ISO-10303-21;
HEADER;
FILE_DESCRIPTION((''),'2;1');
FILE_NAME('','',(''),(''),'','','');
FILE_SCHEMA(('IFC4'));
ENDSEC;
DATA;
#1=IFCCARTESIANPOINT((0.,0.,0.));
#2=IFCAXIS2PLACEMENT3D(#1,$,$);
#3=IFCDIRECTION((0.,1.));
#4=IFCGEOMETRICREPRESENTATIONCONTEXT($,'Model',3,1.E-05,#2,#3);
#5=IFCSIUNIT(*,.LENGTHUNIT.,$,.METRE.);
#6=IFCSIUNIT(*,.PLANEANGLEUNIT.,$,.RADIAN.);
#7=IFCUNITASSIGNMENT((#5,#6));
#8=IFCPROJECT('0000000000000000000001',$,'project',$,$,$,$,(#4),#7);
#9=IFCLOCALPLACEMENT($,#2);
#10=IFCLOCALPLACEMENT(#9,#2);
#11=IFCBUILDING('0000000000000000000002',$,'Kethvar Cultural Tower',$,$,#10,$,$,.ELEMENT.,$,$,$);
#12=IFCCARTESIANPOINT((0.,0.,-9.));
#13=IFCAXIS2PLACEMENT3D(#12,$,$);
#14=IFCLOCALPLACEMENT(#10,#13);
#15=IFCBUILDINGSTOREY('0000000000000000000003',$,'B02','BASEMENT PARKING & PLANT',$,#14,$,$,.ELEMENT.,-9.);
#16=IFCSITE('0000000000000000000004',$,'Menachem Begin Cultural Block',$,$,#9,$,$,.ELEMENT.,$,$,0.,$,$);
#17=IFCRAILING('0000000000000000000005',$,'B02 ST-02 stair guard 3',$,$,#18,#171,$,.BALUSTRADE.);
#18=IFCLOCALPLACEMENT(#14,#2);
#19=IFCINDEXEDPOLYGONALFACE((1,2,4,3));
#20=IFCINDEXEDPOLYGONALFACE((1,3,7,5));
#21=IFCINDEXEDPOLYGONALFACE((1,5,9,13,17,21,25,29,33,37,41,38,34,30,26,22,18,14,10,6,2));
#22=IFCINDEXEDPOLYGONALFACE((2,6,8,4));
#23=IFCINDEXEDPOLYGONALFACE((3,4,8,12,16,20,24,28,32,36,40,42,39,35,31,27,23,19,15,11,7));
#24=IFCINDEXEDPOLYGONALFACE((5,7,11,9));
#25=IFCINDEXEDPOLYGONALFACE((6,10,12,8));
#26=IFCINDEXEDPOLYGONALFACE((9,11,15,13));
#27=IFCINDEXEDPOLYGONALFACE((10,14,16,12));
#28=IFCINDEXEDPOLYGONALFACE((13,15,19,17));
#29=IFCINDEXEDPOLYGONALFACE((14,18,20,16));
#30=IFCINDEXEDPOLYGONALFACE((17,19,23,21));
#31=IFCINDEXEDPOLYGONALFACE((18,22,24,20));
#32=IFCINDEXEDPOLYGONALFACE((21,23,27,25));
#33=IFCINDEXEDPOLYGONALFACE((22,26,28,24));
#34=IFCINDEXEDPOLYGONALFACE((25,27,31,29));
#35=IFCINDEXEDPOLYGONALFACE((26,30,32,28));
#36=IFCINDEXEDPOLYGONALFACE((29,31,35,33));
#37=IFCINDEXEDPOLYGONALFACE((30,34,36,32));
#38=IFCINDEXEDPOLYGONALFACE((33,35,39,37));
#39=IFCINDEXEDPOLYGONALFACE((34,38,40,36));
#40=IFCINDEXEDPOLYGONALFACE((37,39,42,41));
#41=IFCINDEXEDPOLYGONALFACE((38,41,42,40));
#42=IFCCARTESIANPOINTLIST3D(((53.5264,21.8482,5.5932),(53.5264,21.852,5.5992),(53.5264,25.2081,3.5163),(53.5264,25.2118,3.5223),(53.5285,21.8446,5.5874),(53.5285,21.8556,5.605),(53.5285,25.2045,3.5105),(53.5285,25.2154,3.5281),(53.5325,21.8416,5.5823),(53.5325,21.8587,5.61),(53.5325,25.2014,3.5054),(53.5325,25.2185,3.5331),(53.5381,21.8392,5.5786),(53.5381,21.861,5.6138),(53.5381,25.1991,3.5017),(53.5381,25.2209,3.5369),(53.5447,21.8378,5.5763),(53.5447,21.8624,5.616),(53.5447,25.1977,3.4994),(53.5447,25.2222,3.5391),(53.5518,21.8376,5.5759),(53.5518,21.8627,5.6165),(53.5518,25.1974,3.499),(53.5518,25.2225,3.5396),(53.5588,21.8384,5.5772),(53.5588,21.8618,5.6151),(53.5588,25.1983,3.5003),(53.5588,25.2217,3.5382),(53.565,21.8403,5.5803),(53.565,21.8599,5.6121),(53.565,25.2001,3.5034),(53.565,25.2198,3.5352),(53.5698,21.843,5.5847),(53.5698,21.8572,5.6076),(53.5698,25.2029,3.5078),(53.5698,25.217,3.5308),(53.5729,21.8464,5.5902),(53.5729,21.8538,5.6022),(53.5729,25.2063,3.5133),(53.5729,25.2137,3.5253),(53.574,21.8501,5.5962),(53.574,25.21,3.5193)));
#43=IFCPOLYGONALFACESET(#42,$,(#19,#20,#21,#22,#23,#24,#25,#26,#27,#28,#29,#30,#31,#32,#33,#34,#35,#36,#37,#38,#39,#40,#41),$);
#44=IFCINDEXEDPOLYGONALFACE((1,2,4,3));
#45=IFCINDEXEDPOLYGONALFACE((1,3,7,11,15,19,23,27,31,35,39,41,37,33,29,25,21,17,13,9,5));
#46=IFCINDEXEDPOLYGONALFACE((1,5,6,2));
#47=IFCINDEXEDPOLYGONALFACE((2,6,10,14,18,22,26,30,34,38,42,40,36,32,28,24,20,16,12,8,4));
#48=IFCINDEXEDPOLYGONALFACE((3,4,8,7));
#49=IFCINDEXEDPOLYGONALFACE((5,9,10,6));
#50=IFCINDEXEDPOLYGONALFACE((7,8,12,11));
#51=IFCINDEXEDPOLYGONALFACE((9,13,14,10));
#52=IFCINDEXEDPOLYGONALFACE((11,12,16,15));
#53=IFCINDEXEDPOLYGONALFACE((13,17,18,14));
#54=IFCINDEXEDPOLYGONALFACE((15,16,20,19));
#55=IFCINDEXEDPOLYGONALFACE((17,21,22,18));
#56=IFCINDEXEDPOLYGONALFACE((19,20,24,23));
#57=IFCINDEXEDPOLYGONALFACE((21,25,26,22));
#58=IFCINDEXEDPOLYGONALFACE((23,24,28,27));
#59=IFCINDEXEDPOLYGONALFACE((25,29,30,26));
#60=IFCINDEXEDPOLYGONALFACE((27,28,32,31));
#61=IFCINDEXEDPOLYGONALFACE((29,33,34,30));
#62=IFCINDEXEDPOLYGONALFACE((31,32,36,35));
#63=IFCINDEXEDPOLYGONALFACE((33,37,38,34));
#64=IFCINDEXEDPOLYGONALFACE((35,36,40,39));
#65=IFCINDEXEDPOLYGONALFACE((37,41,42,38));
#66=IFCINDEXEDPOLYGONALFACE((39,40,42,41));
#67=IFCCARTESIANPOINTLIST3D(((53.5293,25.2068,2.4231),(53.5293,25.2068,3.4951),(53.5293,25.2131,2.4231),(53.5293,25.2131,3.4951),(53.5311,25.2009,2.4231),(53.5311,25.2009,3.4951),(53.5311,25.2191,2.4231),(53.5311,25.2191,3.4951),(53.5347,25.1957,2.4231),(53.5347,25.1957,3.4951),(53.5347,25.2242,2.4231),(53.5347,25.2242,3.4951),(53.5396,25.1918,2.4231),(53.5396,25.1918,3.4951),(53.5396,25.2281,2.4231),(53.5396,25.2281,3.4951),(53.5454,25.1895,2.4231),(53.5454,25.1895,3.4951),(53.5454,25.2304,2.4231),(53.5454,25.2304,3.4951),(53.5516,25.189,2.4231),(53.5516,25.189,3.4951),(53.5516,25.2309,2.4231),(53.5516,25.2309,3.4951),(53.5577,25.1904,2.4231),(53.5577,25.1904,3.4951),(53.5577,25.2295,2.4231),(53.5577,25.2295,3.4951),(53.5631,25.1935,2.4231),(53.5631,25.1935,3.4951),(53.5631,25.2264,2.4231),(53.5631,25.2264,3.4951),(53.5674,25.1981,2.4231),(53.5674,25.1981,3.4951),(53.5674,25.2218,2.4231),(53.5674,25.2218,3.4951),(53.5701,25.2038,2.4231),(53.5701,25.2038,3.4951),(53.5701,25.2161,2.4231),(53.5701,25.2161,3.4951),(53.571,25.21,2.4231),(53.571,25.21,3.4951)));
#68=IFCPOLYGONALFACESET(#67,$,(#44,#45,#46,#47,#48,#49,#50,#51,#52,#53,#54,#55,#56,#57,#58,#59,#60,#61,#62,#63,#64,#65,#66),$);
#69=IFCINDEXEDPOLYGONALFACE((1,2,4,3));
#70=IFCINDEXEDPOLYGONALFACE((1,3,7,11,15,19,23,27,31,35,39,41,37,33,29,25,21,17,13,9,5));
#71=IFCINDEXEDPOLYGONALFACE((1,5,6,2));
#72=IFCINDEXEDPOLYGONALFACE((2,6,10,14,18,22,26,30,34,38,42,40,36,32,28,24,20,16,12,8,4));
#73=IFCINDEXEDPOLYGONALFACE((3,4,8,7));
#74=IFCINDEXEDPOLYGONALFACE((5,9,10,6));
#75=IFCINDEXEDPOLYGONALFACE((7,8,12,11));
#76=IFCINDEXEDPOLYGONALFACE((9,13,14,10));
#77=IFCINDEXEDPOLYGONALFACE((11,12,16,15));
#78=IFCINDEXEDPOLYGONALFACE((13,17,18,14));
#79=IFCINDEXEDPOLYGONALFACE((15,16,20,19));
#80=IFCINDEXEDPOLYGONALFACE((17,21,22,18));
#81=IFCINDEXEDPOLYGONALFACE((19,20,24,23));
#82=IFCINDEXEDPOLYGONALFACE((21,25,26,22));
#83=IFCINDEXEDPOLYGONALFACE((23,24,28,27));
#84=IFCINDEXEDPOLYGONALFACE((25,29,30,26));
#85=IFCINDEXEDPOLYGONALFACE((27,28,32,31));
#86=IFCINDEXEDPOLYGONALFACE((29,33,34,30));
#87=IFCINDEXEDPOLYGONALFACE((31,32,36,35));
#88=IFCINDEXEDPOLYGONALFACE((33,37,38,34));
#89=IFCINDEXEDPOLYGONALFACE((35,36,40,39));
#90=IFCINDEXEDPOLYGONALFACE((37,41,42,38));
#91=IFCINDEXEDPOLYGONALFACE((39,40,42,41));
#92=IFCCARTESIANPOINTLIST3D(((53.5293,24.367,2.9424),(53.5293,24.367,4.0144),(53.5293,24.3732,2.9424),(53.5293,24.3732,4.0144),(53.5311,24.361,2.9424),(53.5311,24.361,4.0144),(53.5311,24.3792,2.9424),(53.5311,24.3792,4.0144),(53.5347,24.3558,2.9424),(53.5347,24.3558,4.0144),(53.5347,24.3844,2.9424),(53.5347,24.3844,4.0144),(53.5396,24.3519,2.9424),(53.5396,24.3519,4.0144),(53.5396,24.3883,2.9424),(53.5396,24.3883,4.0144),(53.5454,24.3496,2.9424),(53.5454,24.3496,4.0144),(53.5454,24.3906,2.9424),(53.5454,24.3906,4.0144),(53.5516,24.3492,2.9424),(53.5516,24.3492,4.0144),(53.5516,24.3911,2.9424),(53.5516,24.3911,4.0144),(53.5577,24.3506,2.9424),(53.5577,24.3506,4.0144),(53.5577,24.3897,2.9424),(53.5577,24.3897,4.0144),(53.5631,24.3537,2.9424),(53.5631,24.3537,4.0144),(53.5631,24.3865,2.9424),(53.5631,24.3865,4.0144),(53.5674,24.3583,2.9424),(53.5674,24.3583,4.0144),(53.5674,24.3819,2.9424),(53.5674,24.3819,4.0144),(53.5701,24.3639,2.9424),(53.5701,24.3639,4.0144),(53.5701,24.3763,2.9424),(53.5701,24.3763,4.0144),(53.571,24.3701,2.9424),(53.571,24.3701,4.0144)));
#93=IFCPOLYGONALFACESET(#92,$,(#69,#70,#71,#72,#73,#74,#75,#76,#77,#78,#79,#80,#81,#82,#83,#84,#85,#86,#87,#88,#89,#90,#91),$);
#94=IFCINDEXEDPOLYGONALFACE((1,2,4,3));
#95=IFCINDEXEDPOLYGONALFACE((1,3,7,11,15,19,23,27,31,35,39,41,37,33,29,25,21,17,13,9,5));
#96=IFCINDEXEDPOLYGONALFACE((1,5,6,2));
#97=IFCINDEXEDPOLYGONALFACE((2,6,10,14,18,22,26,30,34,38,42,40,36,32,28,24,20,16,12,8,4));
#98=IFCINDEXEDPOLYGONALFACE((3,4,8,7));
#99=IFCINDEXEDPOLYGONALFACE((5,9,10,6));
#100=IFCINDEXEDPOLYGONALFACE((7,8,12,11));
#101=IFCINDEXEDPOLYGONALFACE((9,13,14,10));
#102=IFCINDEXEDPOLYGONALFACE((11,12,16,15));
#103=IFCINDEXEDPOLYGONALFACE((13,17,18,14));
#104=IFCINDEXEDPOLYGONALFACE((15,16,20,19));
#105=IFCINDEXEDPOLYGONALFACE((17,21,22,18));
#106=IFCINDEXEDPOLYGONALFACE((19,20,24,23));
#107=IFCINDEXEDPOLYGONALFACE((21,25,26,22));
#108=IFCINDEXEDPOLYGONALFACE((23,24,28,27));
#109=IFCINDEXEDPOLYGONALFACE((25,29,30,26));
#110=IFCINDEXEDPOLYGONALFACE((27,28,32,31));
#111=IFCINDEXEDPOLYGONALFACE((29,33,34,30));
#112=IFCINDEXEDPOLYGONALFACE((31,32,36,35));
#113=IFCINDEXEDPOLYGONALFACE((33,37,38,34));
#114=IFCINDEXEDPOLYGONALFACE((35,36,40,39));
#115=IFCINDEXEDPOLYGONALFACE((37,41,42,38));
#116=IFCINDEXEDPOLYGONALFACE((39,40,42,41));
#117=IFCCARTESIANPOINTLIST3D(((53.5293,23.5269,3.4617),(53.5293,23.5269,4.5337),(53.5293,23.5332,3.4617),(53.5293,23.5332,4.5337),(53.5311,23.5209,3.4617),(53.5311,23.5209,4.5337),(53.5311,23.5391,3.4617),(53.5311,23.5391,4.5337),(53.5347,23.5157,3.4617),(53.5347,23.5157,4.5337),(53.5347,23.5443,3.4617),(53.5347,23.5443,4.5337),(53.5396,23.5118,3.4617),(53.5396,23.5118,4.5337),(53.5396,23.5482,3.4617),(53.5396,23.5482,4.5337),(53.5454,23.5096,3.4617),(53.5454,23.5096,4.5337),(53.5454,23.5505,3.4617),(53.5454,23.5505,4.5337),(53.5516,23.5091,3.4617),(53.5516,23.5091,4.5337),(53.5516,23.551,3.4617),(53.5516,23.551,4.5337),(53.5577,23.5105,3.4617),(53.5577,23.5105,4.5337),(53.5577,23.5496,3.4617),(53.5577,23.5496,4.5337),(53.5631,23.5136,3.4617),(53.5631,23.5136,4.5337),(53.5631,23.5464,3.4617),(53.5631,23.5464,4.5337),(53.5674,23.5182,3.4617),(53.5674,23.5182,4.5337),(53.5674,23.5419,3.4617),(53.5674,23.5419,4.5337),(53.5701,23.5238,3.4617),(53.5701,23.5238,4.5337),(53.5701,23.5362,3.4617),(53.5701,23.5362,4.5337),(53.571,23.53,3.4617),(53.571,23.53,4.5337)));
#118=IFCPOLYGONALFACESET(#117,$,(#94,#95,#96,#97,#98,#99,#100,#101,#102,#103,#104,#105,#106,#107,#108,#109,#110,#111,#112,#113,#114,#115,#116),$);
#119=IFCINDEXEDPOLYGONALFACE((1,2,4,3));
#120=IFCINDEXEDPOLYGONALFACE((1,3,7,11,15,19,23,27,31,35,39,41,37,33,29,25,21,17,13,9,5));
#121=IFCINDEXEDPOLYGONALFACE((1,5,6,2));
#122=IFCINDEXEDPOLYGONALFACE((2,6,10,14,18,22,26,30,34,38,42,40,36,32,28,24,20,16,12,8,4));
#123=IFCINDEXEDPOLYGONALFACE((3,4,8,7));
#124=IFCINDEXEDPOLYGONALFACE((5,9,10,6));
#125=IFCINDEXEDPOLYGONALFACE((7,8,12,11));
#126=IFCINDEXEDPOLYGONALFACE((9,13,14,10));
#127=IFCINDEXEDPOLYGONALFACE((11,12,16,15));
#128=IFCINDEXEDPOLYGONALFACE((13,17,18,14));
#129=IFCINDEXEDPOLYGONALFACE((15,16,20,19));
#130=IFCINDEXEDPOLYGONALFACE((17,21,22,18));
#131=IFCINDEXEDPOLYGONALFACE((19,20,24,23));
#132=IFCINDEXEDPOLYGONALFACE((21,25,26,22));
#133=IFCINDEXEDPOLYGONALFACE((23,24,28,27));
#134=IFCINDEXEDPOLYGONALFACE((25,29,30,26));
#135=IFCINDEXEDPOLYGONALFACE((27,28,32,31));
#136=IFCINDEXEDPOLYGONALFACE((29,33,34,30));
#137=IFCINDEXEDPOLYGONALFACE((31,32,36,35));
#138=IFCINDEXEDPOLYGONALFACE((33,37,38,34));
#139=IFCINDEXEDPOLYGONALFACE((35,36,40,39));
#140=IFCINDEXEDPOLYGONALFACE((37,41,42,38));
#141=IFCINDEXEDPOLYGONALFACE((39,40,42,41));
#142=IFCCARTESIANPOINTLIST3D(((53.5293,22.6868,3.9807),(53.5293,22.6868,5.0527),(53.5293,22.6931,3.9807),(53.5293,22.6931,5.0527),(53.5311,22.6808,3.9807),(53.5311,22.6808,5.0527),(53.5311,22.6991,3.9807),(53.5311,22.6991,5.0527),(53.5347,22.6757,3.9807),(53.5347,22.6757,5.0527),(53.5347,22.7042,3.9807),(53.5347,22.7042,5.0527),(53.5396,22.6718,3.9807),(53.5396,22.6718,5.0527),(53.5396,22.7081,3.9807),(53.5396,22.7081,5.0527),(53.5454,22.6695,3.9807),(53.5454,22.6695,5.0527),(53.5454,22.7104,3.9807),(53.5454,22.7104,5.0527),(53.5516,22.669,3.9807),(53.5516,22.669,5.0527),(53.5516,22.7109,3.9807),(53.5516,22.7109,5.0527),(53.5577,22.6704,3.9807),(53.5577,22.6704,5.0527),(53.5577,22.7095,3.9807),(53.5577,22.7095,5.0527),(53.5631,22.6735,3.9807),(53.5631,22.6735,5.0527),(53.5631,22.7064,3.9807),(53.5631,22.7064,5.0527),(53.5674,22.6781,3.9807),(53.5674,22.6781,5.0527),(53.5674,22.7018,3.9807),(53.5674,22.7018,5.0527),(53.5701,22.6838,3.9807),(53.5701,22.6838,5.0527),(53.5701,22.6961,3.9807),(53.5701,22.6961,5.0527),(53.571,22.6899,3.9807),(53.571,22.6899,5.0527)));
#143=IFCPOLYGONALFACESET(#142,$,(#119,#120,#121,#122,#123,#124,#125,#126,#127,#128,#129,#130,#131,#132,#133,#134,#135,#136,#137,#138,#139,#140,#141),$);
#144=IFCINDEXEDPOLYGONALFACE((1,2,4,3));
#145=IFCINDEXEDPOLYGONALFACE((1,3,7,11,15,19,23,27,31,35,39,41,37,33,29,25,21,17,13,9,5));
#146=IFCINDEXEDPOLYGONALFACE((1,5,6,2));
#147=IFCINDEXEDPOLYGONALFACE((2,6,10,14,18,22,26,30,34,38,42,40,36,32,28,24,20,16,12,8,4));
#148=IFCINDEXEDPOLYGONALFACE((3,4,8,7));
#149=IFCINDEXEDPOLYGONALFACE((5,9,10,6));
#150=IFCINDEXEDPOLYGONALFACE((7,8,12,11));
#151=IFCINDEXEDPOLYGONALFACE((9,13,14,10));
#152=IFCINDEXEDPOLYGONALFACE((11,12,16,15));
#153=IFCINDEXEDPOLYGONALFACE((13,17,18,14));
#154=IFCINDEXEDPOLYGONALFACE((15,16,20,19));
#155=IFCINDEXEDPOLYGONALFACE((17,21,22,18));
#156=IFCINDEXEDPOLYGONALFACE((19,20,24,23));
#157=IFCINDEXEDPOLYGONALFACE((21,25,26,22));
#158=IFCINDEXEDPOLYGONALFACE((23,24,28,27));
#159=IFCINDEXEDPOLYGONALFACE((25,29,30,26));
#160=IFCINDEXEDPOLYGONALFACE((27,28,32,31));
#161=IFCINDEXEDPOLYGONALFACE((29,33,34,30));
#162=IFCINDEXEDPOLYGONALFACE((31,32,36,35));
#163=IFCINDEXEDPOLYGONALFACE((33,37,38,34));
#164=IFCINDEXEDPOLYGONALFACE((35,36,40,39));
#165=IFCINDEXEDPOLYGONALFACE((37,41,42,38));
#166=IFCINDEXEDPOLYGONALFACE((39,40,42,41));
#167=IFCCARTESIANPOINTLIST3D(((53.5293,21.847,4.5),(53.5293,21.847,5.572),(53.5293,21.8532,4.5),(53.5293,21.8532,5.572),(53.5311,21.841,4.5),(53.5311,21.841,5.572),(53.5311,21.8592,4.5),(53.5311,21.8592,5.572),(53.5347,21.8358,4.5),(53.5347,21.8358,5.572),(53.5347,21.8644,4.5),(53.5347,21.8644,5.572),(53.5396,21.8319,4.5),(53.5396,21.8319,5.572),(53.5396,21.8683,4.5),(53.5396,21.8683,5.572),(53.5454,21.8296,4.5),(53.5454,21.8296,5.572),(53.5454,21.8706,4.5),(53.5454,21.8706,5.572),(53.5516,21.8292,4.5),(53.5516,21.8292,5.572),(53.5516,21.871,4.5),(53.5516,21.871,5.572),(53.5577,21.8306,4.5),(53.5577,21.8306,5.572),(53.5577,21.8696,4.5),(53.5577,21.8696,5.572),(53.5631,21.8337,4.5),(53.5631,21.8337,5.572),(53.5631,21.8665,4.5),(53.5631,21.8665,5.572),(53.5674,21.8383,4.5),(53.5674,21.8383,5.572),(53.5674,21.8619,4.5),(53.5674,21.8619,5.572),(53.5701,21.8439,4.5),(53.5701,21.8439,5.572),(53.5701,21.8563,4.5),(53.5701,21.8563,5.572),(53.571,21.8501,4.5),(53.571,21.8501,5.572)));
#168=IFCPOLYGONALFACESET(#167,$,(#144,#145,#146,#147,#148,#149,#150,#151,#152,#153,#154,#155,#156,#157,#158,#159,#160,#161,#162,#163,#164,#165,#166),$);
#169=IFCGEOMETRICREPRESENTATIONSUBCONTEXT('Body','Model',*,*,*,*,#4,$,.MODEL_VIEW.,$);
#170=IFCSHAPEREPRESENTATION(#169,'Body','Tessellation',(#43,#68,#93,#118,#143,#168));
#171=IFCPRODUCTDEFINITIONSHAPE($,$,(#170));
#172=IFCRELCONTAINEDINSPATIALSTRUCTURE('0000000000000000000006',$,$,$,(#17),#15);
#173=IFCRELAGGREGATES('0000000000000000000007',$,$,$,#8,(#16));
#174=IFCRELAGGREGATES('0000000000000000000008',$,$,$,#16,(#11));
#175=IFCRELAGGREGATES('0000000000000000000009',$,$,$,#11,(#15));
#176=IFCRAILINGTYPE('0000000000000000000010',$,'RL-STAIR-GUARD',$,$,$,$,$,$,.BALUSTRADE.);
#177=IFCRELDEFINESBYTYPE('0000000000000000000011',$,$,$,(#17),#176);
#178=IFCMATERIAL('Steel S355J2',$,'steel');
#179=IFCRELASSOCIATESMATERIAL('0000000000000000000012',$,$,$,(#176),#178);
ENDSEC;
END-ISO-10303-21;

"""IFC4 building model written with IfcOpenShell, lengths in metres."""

from ifc_helpers import new_model, si_unit, direction, frame, origin, origin_2d, place, context, subcontext, project, spatial, circle, extrude, material, type_object, element, save


model = new_model("IFC4")

# Units and contexts
model_context = context("Model", 3, precision=1e-05, world=origin(), true_north=direction((0.0, 1.0)))
body_context = subcontext(model_context, "Body", "Model", "MODEL_VIEW")
ifc_project = project(units=[si_unit("LENGTHUNIT", "METRE"), si_unit("PLANEANGLEUNIT", "RADIAN")], contexts=[model_context])

# Site, building, storey
site_placement = place(None, origin())
site = spatial("IfcSite", under=ifc_project, at=site_placement, Name="Menachem Begin Cultural Block", CompositionType="ELEMENT", RefElevation=0.0)
building_placement = place(site_placement, origin())
building = spatial("IfcBuilding", under=site, at=building_placement, Name="Kethvar Cultural Tower", CompositionType="ELEMENT")
storey_placement = place(building_placement, frame((0.0, 0.0, -9.0)))
storey = spatial("IfcBuildingStorey", under=building, at=storey_placement, Name="B02", Description="BASEMENT PARKING & PLANT", CompositionType="ELEMENT", Elevation=-9.0)

# Shared definitions
ifc_material_1 = material(Name="Steel S355J2", Category="steel")

# Railing
railing_type_1 = type_object("IfcRailingType", Name="RL-STAIR-GUARD", PredefinedType="BALUSTRADE", material=ifc_material_1)
railing_1_placement = place(storey_placement, frame((53.55, 25.21, 2.4231)))
element("IfcRailing", 1, at=railing_1_placement, inside=storey, type_object=railing_type_1, Name="B02 ST-02 stair guard 3", PredefinedType="BALUSTRADE", context=body_context, shape_type="SweptSolid", body=[
    extrude(circle(Radius=0.0239, at=origin_2d()), frame((0.0, 0.0, 1.0962), z_axis=(0.0, -0.850606, 0.525803), x_axis=(1.0, 0.0, 0.0)), (0.0, 0.0, 1.0), 3.95),
    extrude(circle(Radius=0.021, at=origin_2d()), origin(), (0.0, 0.0, 1.0), 1.072),
    extrude(circle(Radius=0.021, at=origin_2d()), frame((0.0, -0.8398, 0.5193)), (0.0, 0.0, 1.0), 1.072),
    extrude(circle(Radius=0.021, at=origin_2d()), frame((0.0, -1.6799, 1.0386)), (0.0, 0.0, 1.0), 1.072),
    extrude(circle(Radius=0.021, at=origin_2d()), frame((0.0, -2.52, 1.5576)), (0.0, 0.0, 1.0), 1.072),
    extrude(circle(Radius=0.021, at=origin_2d()), frame((0.0, -3.3599, 2.0769)), (0.0, 0.0, 1.0), 1.072),
])

save(model, "model.ifc")
